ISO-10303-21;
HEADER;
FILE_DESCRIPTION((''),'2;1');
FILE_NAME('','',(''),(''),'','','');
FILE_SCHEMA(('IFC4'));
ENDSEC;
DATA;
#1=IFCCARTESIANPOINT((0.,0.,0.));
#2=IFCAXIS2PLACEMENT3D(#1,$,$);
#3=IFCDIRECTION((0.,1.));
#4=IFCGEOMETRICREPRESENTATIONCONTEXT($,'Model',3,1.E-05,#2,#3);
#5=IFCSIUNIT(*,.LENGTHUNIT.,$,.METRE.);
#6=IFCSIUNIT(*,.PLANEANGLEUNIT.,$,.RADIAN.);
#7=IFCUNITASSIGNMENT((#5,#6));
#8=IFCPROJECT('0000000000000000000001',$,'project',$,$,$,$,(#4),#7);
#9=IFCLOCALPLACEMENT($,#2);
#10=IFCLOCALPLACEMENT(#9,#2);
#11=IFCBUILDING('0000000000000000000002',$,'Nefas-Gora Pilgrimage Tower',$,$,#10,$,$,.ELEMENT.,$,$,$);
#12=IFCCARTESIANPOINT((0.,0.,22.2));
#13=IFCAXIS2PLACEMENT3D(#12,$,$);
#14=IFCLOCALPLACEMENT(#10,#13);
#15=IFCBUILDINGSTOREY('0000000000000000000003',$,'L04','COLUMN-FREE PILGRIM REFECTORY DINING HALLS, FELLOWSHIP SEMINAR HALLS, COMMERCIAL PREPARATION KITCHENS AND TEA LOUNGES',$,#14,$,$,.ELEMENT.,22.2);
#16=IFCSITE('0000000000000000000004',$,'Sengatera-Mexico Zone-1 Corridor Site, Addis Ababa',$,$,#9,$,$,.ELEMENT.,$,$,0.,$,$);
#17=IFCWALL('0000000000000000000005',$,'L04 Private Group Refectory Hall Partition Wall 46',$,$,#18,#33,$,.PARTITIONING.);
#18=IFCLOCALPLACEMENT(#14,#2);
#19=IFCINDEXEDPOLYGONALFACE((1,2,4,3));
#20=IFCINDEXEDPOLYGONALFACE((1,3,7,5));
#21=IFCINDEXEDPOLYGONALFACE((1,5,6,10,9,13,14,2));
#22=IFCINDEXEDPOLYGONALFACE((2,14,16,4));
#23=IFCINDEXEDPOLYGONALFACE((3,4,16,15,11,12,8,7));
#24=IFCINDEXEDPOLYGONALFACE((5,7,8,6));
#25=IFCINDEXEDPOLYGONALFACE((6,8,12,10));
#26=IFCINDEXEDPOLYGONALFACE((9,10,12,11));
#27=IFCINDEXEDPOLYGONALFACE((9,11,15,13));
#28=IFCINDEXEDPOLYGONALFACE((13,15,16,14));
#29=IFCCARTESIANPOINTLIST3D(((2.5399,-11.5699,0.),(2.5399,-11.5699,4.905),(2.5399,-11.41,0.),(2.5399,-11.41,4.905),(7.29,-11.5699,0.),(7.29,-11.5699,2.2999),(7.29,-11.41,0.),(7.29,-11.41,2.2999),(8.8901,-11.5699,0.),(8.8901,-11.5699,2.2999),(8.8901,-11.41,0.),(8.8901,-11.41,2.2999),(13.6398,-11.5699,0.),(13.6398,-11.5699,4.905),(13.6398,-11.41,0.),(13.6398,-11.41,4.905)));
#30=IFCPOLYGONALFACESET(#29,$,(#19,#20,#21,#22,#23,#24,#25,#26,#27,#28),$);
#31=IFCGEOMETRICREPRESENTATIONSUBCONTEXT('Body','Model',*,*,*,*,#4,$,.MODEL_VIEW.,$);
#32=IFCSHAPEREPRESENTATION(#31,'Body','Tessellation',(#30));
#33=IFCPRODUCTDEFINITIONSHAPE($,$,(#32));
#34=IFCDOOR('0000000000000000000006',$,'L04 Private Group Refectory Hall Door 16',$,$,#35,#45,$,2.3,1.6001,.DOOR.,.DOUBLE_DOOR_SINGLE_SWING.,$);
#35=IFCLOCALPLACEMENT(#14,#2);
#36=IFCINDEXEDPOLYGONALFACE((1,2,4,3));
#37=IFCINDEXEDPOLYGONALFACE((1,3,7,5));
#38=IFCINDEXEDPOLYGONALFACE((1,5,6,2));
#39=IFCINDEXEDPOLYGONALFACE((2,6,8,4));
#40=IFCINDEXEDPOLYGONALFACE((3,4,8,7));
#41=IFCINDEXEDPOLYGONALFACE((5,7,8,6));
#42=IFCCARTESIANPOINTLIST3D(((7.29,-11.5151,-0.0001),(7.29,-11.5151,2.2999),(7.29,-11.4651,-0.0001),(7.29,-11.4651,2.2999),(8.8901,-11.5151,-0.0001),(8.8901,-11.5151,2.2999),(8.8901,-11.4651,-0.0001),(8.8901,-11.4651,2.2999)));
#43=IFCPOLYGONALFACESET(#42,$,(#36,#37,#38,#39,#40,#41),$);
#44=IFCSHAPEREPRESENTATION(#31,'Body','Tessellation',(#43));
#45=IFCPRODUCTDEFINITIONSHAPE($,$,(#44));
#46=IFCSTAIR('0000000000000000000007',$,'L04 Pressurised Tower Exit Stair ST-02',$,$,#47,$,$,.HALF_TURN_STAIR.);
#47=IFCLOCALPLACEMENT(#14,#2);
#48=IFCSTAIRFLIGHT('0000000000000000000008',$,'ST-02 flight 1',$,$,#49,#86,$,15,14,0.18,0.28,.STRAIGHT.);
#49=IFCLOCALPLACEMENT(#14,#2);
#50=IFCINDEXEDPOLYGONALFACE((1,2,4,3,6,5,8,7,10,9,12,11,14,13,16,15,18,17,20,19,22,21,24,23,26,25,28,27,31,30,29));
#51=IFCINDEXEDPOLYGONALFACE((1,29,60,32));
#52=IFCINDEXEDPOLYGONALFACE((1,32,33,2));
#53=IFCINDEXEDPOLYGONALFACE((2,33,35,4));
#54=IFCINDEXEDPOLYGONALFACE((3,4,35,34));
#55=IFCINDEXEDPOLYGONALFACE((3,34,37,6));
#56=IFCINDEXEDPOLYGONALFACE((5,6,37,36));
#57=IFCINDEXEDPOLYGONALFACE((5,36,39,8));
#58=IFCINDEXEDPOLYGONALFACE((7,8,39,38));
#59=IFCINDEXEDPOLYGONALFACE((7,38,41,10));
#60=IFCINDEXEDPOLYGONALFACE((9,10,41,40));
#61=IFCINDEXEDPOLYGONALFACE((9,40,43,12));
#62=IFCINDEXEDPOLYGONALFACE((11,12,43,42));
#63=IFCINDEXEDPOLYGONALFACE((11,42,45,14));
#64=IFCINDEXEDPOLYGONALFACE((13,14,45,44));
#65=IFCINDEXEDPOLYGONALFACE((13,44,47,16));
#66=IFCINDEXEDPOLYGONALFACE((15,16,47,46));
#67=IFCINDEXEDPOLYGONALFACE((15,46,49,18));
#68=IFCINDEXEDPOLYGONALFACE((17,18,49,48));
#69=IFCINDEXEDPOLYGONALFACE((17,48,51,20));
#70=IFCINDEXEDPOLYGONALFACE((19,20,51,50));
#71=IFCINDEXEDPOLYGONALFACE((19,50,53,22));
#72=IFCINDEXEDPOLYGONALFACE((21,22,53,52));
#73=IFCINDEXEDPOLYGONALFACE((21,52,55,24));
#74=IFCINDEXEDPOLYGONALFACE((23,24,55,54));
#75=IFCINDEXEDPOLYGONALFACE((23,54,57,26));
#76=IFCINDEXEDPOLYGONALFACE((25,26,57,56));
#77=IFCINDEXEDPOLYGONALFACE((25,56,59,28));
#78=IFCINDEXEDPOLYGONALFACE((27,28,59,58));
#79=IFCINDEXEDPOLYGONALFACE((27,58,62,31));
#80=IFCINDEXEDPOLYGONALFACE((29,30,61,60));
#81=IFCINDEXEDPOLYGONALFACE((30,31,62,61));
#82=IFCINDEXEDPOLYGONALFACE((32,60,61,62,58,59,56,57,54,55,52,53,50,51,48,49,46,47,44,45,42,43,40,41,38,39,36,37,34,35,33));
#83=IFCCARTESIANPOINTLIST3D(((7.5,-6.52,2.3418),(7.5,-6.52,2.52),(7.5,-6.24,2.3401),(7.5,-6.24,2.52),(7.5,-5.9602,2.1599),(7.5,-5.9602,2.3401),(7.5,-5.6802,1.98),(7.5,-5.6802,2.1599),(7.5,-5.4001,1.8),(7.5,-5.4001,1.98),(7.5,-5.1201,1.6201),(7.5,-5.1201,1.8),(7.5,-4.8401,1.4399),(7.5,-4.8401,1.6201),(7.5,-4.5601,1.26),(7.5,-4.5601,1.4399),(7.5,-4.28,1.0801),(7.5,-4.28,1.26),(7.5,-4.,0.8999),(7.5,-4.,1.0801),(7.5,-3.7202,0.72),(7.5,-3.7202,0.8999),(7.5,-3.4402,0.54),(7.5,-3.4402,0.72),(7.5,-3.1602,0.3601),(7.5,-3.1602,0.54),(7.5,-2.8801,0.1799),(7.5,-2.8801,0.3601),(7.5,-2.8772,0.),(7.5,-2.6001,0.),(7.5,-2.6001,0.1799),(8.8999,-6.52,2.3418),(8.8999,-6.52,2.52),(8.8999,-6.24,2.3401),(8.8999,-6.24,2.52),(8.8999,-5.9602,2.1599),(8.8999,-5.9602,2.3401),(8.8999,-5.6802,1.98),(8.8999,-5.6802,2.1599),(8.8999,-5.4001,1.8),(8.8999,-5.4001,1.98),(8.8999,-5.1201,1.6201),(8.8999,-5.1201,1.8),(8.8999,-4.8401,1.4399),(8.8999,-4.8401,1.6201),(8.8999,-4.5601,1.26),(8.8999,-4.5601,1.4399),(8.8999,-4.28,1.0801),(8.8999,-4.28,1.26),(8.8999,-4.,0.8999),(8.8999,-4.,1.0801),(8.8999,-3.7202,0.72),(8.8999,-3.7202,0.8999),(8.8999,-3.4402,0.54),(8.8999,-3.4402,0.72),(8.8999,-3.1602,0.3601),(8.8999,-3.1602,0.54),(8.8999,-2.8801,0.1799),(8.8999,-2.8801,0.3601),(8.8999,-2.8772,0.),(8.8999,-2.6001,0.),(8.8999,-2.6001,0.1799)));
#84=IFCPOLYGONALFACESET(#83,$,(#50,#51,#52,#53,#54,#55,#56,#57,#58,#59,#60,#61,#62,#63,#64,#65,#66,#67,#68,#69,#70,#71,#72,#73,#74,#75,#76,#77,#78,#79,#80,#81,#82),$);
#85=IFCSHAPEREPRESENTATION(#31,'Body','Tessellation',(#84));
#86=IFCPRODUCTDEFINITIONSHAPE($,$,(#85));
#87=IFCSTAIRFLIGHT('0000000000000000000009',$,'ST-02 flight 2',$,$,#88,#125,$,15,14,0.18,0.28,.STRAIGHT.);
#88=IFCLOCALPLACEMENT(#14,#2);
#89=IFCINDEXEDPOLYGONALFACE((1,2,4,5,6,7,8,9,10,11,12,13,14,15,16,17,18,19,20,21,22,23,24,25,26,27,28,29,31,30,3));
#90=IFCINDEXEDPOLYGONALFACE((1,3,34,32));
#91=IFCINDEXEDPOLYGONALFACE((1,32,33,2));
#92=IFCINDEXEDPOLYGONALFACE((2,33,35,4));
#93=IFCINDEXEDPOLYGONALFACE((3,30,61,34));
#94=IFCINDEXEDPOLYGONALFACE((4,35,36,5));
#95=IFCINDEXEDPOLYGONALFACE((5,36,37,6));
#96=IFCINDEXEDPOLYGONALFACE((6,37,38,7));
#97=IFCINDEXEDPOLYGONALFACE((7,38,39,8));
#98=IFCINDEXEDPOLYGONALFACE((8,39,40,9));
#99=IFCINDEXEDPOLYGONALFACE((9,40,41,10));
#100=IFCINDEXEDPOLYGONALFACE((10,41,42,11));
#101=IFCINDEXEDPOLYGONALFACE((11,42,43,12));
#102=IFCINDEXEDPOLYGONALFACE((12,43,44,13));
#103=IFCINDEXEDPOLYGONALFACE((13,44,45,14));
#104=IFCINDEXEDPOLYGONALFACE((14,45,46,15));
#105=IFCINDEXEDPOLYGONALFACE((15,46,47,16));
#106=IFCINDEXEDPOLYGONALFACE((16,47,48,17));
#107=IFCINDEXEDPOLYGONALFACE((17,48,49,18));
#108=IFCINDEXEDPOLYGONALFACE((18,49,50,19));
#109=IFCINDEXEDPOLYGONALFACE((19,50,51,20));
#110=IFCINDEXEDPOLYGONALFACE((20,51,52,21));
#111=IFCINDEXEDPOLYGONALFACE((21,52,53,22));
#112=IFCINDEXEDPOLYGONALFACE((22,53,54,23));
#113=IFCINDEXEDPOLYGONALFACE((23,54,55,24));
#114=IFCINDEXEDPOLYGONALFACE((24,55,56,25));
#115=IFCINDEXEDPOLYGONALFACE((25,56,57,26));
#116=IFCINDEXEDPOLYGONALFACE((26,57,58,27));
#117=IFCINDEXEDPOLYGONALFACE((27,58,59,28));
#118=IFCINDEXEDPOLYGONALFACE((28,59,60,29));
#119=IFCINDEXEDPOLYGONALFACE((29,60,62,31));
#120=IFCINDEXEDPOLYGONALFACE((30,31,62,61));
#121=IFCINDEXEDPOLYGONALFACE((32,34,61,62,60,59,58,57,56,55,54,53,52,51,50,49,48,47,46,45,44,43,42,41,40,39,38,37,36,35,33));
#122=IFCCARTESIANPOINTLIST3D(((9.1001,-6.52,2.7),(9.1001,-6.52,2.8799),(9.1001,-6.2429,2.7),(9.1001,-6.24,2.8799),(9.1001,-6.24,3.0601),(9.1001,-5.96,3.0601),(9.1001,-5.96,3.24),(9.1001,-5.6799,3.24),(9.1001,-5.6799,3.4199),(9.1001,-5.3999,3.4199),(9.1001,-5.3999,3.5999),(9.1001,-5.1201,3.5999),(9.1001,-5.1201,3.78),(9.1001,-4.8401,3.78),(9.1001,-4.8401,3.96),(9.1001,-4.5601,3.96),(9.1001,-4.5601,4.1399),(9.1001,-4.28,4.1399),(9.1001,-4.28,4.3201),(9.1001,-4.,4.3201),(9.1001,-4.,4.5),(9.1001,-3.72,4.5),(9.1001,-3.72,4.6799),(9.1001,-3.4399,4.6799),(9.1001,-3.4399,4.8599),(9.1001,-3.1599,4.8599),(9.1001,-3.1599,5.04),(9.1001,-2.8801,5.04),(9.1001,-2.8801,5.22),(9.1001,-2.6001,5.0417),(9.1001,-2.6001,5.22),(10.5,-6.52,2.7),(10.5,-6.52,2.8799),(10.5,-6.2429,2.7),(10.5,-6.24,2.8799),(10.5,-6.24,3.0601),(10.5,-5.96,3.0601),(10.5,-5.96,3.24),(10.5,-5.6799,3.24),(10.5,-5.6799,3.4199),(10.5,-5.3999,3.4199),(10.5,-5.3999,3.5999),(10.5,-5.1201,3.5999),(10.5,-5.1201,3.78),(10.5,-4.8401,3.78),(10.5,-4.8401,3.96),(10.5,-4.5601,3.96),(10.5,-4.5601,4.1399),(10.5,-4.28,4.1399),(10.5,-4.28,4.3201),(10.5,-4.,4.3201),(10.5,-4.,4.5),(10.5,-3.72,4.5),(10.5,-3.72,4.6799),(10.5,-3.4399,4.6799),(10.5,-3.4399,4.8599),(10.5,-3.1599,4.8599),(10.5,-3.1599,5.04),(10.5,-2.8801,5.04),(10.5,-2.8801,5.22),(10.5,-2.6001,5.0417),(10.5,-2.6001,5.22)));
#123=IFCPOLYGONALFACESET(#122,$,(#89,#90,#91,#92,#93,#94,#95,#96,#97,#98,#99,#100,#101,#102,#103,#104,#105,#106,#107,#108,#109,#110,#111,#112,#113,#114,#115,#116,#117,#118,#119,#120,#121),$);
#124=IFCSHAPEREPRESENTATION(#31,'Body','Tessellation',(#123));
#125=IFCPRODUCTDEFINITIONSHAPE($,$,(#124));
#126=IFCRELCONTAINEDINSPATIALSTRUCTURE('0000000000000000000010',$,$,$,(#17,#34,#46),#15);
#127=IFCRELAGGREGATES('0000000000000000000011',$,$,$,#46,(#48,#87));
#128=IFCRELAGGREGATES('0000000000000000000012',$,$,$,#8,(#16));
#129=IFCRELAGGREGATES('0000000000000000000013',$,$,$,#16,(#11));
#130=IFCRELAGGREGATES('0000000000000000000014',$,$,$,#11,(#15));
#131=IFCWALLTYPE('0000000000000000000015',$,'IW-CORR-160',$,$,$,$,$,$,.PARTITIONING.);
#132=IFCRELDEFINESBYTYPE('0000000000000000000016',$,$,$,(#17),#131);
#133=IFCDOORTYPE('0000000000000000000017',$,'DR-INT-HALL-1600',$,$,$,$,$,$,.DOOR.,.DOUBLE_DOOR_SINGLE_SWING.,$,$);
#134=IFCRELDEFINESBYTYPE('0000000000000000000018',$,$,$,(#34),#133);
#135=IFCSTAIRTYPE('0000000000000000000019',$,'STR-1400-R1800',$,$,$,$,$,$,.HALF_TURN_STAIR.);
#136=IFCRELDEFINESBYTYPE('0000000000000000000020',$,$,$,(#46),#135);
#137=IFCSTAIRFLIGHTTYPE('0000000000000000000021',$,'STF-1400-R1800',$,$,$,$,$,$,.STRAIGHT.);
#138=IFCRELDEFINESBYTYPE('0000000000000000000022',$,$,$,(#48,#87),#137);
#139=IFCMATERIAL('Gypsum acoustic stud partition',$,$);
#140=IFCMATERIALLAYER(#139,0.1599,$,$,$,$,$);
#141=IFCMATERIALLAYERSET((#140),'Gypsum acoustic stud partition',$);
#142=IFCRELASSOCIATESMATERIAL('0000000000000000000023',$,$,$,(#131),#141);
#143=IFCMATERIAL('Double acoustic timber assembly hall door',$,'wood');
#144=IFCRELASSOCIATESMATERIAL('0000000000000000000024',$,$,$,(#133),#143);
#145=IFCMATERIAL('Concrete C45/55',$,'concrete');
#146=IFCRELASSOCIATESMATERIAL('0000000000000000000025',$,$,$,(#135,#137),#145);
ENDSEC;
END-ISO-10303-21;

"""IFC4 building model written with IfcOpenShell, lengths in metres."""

from ifc_helpers import new_model, si_unit, direction, frame, frame_2d, origin, place, context, subcontext, project, spatial, polyline, rectangle, outline, extrude, source, transform, mapped, material, layer, layer_set, type_object, element, fill, aggregate, save


model = new_model("IFC4")

# Units and contexts
model_context = context("Model", 3, precision=1e-05, world=origin(), true_north=direction((0.0, 1.0)))
body_context = subcontext(model_context, "Body", "Model", "MODEL_VIEW")
ifc_project = project(units=[si_unit("LENGTHUNIT", "METRE"), si_unit("PLANEANGLEUNIT", "RADIAN")], contexts=[model_context])

# Site, building, storey
site_placement = place(None, origin())
site = spatial("IfcSite", under=ifc_project, at=site_placement, Name="Sengatera-Mexico Zone-1 Corridor Site, Addis Ababa", CompositionType="ELEMENT", RefElevation=0.0)
building_placement = place(site_placement, origin())
building = spatial("IfcBuilding", under=site, at=building_placement, Name="Nefas-Gora Pilgrimage Tower", CompositionType="ELEMENT")
storey_placement = place(building_placement, frame((0.0, 0.0, 22.2)))
storey = spatial("IfcBuildingStorey", under=building, at=storey_placement, Name="L04", Description="COLUMN-FREE PILGRIM REFECTORY DINING HALLS, FELLOWSHIP SEMINAR HALLS, COMMERCIAL PREPARATION KITCHENS AND TEA LOUNGES", CompositionType="ELEMENT", Elevation=22.2)

# Shared definitions
ifc_material_1 = material(Name="Concrete C45/55", Category="concrete")

# Shared definitions
ifc_material_2 = material(Name="Gypsum acoustic stud partition")
ifc_layer_1 = layer(ifc_material_2, 0.1599)
ifc_layer_set_1 = layer_set([ifc_layer_1], Name="Gypsum acoustic stud partition")
wall_type_1 = type_object("IfcWallType", Name="IW-CORR-160", PredefinedType="PARTITIONING", material=ifc_layer_set_1)

# Shared definitions
ifc_material_3 = material(Name="Double acoustic timber assembly hall door", Category="wood")
door_type_1 = type_object("IfcDoorType", Name="DR-INT-HALL-1600", OperationType="DOUBLE_DOOR_SINGLE_SWING", PredefinedType="DOOR", material=ifc_material_3)
shared_shape_1 = source(origin(), body_context, "Body", "SweptSolid", [
    extrude(rectangle(XDim=1.6001, YDim=2.3, at=frame_2d((0.8, 1.1499))), frame((0.0, 0.0249, 0.0), z_axis=(0.0, -1.0, 0.0), x_axis=(1.0, 0.0, 0.0)), (0.0, 0.0, 1.0), 0.05),
])

# Wall, opening, door
shared_shape_2 = source(origin(), body_context, "Body", "SweptSolid", [
    extrude(rectangle(XDim=11.0999, YDim=0.1599, at=frame_2d((5.5498, 0.0))), origin(), (0.0, 0.0, 1.0), 4.905),
])
wall_1_placement = place(storey_placement, frame((2.54, -11.49, 0.0), z_axis=(0.0, 0.0, 1.0), x_axis=(1.0, 0.0, 0.0)))
wall_1 = element("IfcWall", 1, at=wall_1_placement, inside=storey, type_object=wall_type_1, Name="L04 Private Group Refectory Hall Partition Wall 46", PredefinedType="PARTITIONING", context=body_context, shape_type="MappedRepresentation", body=[
    mapped(shared_shape_2, transform((0.0, 0.0, 0.0), x_axis=(1.0, 0.0, 0.0), y_axis=(0.0, 1.0, 0.0), z_axis=(0.0, 0.0, 1.0), scale=1.0)),
])
opening_1_placement = place(wall_1_placement, frame((4.75, 0.0, 0.0)))
opening_1 = element("IfcOpeningElement", 2, at=opening_1_placement, cuts=wall_1, PredefinedType="OPENING", context=body_context, shape_type="SweptSolid", body=[
    extrude(rectangle(XDim=1.6001, YDim=2.3, at=frame_2d((0.8, 1.1499))), frame((0.0, 0.0898, 0.0), z_axis=(0.0, -1.0, 0.0), x_axis=(1.0, 0.0, 0.0)), (0.0, 0.0, 1.0), 0.1799),
])
door_1_placement = place(opening_1_placement, origin())
door_1 = element("IfcDoor", 3, at=door_1_placement, inside=storey, type_object=door_type_1, Name="L04 Private Group Refectory Hall Door 16", OperationType="DOUBLE_DOOR_SINGLE_SWING", OverallHeight=2.3, OverallWidth=1.6001, PredefinedType="DOOR", context=body_context, shape_type="MappedRepresentation", body=[
    mapped(shared_shape_1, transform((0.0, 0.0, 0.0), x_axis=(1.0, 0.0, 0.0), y_axis=(0.0, 1.0, 0.0), z_axis=(0.0, 0.0, 1.0), scale=1.0)),
])
fill(opening_1, door_1)

# Stair, stair flights
stair_type = type_object("IfcStairType", Name="STR-1400-R1800", PredefinedType="HALF_TURN_STAIR", material=ifc_material_1)
stair_placement = place(storey_placement, origin())
stair = element("IfcStair", 4, at=stair_placement, inside=storey, type_object=stair_type, Name="L04 Pressurised Tower Exit Stair ST-02", PredefinedType="HALF_TURN_STAIR")
stair_flight_type = type_object("IfcStairFlightType", Name="STF-1400-R1800", PredefinedType="STRAIGHT", material=ifc_material_1)
shared_shape_3 = source(origin(), body_context, "Body", "SweptSolid", [
    extrude(outline(polyline([(0.0, 0.0), (0.0, 0.1799), (0.28, 0.1799), (0.28, 0.3601), (0.5601, 0.3601), (0.5601, 0.54), (0.8401, 0.54), (0.8401, 0.72), (1.1201, 0.72), (1.1201, 0.8999), (1.3999, 0.8999), (1.3999, 1.0801), (1.6799, 1.0801), (1.6799, 1.26), (1.96, 1.26), (1.96, 1.4399), (2.24, 1.4399), (2.24, 1.6201), (2.52, 1.6201), (2.52, 1.8), (2.8, 1.8), (2.8, 1.98), (3.0801, 1.98), (3.0801, 2.1599), (3.3601, 2.1599), (3.3601, 2.3401), (3.6399, 2.3401), (3.6399, 2.52), (3.9199, 2.52), (3.9199, 2.7), (3.9199, 2.3418), (0.2771, 0.0), (0.0, 0.0)])), frame((0.0, 0.7, 0.0), z_axis=(0.0, -1.0, 0.0), x_axis=(1.0, 0.0, 0.0)), (0.0, 0.0, 1.0), 1.3999),
])
stair_flight_1_placement = place(storey_placement, frame((8.2, -2.6001, 0.0), z_axis=(0.0, 0.0, 1.0), x_axis=(0.0, -1.0, 0.0)))
stair_flight_1 = element("IfcStairFlight", 5, at=stair_flight_1_placement, type_object=stair_flight_type, Name="ST-02 flight 1", NumberOfRisers=15, NumberOfTreads=14, PredefinedType="STRAIGHT", RiserHeight=0.18, TreadLength=0.28, context=body_context, shape_type="MappedRepresentation", body=[
    mapped(shared_shape_3, transform((0.0, 0.0, 0.0), x_axis=(1.0, 0.0, 0.0), y_axis=(0.0, 1.0, 0.0), z_axis=(0.0, 0.0, 1.0), scale=1.0)),
])
stair_flight_2_placement = place(storey_placement, frame((9.8, -6.52, 2.7), z_axis=(0.0, 0.0, 1.0), x_axis=(0.0, 1.0, 0.0)))
stair_flight_2 = element("IfcStairFlight", 6, at=stair_flight_2_placement, type_object=stair_flight_type, Name="ST-02 flight 2", NumberOfRisers=15, NumberOfTreads=14, PredefinedType="STRAIGHT", RiserHeight=0.18, TreadLength=0.28, context=body_context, shape_type="MappedRepresentation", body=[
    mapped(shared_shape_3, transform((0.0, 0.0, 0.0), x_axis=(1.0, 0.0, 0.0), y_axis=(0.0, 1.0, 0.0), z_axis=(0.0, 0.0, 1.0), scale=1.0)),
])
aggregate(stair, [stair_flight_1, stair_flight_2])

save(model, "model.ifc")
